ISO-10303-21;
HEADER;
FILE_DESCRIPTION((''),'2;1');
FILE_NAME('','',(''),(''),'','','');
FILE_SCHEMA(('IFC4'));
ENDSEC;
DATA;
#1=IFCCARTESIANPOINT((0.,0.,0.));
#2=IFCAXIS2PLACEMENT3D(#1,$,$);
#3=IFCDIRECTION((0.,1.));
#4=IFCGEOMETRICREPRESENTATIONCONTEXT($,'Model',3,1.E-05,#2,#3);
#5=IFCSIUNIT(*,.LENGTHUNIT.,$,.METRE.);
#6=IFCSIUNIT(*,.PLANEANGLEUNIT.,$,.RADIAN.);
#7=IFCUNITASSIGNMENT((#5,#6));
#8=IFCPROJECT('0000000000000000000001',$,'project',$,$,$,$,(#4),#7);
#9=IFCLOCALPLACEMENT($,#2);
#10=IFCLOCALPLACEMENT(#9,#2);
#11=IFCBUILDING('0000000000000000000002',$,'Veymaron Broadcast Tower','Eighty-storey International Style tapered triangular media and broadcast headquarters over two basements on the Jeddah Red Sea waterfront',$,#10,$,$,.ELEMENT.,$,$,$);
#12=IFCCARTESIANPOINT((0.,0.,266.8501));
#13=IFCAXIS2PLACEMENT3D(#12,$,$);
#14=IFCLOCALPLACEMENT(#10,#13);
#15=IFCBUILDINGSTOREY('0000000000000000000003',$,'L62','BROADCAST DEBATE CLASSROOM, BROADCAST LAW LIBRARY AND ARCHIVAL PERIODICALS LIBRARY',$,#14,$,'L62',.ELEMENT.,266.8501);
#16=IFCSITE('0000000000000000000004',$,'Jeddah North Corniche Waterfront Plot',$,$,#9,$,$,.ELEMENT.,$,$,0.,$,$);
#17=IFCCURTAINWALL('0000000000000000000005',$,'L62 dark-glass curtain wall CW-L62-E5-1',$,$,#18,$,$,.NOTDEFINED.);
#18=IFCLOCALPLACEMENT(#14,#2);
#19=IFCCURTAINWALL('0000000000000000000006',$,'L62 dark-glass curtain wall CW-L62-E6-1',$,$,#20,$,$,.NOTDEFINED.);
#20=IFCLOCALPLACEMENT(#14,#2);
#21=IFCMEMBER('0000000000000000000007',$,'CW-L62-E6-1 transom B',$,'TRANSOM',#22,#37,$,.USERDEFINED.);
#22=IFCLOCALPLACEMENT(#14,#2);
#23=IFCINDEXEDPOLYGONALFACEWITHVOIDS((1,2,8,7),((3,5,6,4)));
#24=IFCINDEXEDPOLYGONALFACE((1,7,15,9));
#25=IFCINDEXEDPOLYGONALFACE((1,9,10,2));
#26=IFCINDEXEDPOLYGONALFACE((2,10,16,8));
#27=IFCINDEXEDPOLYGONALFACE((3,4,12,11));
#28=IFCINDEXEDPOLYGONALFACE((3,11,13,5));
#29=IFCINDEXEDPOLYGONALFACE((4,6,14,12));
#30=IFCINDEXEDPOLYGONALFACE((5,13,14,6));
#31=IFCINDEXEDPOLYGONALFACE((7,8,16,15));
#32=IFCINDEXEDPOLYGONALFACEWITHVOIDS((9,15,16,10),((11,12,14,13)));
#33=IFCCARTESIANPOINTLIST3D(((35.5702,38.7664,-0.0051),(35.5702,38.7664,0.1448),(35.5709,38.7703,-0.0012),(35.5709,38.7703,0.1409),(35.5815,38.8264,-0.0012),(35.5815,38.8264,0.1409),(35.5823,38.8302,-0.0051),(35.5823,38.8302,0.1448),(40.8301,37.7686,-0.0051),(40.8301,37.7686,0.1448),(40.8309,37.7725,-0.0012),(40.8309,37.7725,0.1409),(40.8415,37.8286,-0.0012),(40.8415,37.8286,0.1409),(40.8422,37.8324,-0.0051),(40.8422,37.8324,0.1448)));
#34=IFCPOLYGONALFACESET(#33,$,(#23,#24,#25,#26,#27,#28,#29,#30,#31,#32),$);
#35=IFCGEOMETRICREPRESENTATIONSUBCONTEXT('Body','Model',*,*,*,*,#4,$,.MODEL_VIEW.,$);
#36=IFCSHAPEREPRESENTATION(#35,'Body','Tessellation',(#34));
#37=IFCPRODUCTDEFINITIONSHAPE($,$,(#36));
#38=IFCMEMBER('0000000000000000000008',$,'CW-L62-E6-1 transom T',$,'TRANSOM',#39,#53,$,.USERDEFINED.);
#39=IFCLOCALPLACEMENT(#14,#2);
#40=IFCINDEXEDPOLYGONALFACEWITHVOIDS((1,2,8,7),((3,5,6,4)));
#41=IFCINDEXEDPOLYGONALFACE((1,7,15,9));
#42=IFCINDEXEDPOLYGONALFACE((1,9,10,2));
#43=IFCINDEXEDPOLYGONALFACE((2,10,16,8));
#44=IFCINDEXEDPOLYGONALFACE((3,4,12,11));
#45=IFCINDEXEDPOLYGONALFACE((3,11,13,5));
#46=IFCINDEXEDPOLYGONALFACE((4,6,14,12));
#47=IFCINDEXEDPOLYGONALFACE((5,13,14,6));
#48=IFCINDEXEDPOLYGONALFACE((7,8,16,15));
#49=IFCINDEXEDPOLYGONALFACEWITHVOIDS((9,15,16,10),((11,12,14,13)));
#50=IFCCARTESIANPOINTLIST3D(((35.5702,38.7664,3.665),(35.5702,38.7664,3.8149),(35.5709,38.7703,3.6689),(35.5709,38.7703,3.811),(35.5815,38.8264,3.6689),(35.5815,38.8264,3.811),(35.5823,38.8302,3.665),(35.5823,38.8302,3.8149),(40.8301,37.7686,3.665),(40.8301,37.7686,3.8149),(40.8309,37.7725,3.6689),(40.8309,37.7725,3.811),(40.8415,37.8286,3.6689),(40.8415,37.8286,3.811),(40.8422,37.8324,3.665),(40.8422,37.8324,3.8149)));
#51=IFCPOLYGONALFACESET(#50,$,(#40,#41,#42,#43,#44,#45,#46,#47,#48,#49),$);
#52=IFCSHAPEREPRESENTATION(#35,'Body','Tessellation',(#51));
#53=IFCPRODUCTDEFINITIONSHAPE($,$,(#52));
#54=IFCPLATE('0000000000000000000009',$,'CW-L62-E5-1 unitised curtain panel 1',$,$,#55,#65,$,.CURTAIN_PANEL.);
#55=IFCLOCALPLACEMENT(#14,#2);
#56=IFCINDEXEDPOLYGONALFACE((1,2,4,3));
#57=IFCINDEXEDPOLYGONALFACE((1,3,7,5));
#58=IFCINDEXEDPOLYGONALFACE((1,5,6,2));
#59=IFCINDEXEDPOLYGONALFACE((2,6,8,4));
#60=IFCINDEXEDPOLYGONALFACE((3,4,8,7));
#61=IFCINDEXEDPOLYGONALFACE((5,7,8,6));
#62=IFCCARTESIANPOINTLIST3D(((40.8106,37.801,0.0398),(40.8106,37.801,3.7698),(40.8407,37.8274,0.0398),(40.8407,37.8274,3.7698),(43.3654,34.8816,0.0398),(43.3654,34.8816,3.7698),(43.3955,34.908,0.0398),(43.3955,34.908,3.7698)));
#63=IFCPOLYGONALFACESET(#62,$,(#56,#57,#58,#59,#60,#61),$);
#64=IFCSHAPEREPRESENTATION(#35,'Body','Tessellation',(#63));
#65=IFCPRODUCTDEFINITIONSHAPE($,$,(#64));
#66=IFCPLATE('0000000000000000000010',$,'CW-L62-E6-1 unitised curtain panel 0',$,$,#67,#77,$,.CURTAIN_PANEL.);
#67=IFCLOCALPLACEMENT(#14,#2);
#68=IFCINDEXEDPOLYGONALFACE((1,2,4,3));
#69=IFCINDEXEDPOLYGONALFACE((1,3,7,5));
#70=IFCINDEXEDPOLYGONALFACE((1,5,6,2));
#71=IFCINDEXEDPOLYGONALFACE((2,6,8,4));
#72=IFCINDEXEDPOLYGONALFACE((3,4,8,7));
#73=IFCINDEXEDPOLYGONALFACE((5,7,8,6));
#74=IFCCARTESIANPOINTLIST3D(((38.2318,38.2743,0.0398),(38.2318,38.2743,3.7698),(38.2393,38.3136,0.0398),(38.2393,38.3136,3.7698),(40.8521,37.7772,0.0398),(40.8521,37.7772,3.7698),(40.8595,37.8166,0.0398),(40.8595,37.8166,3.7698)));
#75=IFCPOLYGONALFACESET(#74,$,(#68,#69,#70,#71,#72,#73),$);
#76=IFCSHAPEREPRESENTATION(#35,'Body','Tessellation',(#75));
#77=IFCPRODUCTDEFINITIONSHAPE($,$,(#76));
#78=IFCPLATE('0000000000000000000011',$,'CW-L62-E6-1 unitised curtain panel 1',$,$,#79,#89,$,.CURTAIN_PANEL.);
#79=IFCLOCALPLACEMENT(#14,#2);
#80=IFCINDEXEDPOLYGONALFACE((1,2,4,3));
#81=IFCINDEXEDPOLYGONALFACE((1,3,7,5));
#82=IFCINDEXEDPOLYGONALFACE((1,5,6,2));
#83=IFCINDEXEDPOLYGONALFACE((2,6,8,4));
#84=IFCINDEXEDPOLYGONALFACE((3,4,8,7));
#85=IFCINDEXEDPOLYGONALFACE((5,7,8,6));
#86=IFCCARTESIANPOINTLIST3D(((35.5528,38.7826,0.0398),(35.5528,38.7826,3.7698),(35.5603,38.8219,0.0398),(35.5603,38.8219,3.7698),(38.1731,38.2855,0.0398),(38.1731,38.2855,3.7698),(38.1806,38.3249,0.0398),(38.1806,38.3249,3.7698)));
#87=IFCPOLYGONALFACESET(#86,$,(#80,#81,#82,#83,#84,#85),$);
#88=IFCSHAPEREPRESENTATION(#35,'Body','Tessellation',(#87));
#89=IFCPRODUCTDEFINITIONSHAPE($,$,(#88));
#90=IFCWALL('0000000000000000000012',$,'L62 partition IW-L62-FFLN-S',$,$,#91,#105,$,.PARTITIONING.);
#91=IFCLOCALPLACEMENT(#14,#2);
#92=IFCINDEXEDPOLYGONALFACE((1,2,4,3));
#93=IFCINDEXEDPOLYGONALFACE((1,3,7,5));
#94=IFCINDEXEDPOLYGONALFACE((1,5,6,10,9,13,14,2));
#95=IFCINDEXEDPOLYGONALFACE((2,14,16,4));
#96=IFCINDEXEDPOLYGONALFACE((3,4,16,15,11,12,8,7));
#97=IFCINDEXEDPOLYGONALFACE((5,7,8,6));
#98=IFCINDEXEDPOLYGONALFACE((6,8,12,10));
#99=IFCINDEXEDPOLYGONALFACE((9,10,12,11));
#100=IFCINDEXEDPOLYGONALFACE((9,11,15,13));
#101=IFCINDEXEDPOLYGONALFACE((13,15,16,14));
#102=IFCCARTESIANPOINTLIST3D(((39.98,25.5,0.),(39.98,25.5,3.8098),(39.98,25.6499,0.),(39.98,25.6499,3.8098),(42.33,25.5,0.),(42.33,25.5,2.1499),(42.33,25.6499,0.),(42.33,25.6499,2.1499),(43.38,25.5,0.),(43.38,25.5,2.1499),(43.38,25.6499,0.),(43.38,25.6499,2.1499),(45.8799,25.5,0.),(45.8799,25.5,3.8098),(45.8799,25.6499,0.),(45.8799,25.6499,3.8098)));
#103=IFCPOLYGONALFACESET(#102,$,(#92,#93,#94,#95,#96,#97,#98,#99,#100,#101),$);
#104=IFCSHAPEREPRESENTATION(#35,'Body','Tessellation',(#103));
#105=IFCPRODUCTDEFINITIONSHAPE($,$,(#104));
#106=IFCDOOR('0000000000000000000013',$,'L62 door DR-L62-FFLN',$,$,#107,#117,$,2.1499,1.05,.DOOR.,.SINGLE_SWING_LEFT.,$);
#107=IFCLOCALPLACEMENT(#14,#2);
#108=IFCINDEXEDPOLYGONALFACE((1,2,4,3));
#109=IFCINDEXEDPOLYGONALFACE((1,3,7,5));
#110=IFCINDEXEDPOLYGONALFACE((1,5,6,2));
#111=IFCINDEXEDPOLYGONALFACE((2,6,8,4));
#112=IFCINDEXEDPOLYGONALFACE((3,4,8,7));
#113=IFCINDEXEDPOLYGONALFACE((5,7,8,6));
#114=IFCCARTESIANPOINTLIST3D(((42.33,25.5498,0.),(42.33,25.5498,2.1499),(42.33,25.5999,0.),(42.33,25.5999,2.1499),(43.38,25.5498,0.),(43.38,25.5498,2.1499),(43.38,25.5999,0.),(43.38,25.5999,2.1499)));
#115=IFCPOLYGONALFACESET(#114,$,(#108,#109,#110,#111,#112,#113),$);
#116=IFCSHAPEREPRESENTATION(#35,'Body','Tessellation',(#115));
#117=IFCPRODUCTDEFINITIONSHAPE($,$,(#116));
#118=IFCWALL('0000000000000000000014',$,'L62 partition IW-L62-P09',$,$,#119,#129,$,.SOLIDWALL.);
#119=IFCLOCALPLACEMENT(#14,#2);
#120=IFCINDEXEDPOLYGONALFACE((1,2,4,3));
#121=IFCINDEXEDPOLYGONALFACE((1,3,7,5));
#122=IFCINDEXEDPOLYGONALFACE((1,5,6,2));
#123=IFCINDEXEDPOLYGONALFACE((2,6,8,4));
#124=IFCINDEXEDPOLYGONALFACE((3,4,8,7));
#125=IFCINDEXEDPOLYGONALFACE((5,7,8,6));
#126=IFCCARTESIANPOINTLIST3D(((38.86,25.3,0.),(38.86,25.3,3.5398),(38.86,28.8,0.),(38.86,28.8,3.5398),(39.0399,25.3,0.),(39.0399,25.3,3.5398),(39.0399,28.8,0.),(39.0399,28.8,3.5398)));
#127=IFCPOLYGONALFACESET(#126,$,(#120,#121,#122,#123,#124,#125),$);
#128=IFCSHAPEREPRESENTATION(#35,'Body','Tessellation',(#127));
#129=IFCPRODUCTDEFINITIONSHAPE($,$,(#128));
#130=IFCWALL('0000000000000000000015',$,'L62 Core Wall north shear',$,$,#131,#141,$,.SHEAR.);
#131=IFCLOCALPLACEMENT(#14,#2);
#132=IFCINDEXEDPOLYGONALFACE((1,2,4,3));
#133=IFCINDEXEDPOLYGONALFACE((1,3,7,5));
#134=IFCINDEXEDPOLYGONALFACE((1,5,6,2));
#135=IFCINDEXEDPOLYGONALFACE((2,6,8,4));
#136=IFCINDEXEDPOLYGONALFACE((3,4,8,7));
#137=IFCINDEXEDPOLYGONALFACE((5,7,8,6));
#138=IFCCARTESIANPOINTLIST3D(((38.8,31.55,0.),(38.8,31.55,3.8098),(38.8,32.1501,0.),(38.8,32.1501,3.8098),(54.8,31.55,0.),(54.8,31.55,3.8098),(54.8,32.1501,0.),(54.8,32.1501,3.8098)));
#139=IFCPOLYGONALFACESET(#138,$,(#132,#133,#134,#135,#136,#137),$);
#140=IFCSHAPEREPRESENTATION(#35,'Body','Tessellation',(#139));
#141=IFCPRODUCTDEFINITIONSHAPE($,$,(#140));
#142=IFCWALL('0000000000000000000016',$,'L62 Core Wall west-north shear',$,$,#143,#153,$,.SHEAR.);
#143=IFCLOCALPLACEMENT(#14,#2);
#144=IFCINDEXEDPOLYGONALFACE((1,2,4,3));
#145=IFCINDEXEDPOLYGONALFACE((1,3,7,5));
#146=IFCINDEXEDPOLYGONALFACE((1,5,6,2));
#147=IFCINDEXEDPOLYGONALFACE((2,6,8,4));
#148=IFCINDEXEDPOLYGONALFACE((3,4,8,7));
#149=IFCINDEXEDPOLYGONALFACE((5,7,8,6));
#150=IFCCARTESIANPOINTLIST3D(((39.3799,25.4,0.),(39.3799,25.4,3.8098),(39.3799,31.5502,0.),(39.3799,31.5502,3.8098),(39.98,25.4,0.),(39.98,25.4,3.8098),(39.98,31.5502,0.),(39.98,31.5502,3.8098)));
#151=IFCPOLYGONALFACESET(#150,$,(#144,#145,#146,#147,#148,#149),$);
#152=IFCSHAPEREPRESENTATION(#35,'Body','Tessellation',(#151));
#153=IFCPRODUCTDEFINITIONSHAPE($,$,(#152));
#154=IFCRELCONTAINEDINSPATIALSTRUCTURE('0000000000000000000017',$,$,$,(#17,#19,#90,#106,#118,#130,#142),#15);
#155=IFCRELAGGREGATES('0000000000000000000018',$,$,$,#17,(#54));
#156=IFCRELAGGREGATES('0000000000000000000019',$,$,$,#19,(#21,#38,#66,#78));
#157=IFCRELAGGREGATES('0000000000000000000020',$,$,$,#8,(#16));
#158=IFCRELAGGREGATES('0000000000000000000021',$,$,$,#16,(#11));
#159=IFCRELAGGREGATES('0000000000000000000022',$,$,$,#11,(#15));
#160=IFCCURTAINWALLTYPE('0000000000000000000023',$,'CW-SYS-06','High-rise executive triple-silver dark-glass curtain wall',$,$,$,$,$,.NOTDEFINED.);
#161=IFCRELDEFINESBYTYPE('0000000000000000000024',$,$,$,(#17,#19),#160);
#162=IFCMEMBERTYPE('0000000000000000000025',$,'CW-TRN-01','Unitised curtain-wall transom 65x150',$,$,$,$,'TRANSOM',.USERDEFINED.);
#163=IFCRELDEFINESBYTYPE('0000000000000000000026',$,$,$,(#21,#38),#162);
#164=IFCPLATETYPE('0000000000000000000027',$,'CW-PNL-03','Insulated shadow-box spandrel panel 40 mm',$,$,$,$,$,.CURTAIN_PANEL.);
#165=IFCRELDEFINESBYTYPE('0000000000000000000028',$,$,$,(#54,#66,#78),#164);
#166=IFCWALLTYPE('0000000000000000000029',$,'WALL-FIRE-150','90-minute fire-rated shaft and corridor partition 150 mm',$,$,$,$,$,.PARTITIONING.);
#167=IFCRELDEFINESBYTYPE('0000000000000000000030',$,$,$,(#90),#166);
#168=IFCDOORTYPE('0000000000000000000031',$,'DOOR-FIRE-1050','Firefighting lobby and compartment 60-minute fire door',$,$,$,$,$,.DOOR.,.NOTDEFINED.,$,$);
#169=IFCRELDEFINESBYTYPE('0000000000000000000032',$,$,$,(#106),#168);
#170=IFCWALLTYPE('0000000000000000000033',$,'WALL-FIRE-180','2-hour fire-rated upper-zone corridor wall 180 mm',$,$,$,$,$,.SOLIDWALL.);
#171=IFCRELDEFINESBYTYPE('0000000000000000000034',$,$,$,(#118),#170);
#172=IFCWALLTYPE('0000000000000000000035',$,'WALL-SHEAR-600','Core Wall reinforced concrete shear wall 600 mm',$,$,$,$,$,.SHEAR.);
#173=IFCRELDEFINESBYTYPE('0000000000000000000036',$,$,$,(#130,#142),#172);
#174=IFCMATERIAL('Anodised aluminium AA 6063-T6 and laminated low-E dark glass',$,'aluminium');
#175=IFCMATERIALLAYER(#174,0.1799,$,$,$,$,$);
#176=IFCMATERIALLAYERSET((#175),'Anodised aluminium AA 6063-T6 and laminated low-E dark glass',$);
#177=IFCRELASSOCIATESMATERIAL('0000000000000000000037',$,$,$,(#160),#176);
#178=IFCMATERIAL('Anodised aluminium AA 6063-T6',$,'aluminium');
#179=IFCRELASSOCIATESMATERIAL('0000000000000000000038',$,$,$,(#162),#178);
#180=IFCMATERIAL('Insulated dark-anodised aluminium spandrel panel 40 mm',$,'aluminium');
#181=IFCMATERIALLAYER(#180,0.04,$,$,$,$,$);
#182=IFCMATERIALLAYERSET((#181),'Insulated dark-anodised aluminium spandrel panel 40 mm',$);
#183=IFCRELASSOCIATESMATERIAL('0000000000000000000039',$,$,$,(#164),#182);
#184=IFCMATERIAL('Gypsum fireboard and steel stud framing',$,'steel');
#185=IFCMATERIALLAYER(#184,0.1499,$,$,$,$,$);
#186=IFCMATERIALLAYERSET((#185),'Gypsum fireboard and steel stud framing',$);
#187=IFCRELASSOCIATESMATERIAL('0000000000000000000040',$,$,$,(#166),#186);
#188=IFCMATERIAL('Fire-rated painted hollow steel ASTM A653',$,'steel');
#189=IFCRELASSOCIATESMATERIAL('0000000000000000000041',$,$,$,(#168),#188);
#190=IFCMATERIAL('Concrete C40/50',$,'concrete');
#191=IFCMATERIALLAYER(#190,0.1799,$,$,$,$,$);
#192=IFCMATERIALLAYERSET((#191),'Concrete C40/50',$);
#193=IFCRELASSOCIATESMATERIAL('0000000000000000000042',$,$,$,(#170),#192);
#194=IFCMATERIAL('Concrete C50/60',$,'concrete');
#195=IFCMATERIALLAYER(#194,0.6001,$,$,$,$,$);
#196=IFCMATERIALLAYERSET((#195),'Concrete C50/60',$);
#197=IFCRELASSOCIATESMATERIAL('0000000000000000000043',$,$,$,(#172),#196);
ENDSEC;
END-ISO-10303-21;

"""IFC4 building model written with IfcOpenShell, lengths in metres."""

from ifc_helpers import new_model, si_unit, direction, frame, frame_2d, origin, origin_2d, place, context, subcontext, project, spatial, rectangle, hollow_rectangle, extrude, material, layer, layer_set, material_profile, profile_set, type_object, element, fill, aggregate, save


model = new_model("IFC4")

# Units and contexts
model_context = context("Model", 3, precision=1e-05, world=origin(), true_north=direction((0.0, 1.0)))
body_context = subcontext(model_context, "Body", "Model", "MODEL_VIEW")
ifc_project = project(units=[si_unit("LENGTHUNIT", "METRE"), si_unit("PLANEANGLEUNIT", "RADIAN")], contexts=[model_context])

# Site, building, storey
site_placement = place(None, origin())
site = spatial("IfcSite", under=ifc_project, at=site_placement, Name="Jeddah North Corniche Waterfront Plot", CompositionType="ELEMENT", RefElevation=0.0)
building_placement = place(site_placement, origin())
building = spatial("IfcBuilding", under=site, at=building_placement, Name="Veymaron Broadcast Tower", Description="Eighty-storey International Style tapered triangular media and broadcast headquarters over two basements on the Jeddah Red Sea waterfront", CompositionType="ELEMENT")
storey_placement = place(building_placement, frame((0.0, 0.0, 266.8501)))
storey = spatial("IfcBuildingStorey", under=building, at=storey_placement, Name="L62", Description="BROADCAST DEBATE CLASSROOM, BROADCAST LAW LIBRARY AND ARCHIVAL PERIODICALS LIBRARY", LongName="L62", CompositionType="ELEMENT", Elevation=266.8501)

# Curtain walls, members
ifc_material_1 = material(Name="Anodised aluminium AA 6063-T6 and laminated low-E dark glass", Category="aluminium")
ifc_layer_1 = layer(ifc_material_1, 0.1799)
ifc_layer_set_1 = layer_set([ifc_layer_1], Name="Anodised aluminium AA 6063-T6 and laminated low-E dark glass")
curtain_wall_type = type_object("IfcCurtainWallType", Name="CW-SYS-06", Description="High-rise executive triple-silver dark-glass curtain wall", PredefinedType="NOTDEFINED", material=ifc_layer_set_1)
curtain_wall_1_placement = place(storey_placement, origin())
curtain_wall_1 = element("IfcCurtainWall", 1, at=curtain_wall_1_placement, inside=storey, type_object=curtain_wall_type, Name="L62 dark-glass curtain wall CW-L62-E5-1", PredefinedType="NOTDEFINED")
ifc_material_2 = material(Name="Anodised aluminium AA 6063-T6", Category="aluminium")
curtain_wall_2_placement = place(storey_placement, origin())
curtain_wall_2 = element("IfcCurtainWall", 2, at=curtain_wall_2_placement, inside=storey, type_object=curtain_wall_type, Name="L62 dark-glass curtain wall CW-L62-E6-1", PredefinedType="NOTDEFINED")
ifc_material_profile_1 = material_profile(ifc_material_2, hollow_rectangle(XDim=0.0649, YDim=0.1499, WallThickness=0.0039, at=origin_2d()), Name="AL150X65X4")
ifc_profile_set_1 = profile_set([ifc_material_profile_1], Name="Anodised aluminium AA 6063-T6")
member_type_1 = type_object("IfcMemberType", Name="CW-TRN-01", Description="Unitised curtain-wall transom 65x150", ElementType="TRANSOM", PredefinedType="USERDEFINED", material=ifc_profile_set_1)
member_1_placement = place(storey_placement, frame((40.8362, 37.8005, 0.0698), z_axis=(-0.982479, 0.186372, 0.0), x_axis=(-0.186372, -0.982479, 0.0)))
member_1 = element("IfcMember", 3, at=member_1_placement, type_object=member_type_1, Name="CW-L62-E6-1 transom B", ObjectType="TRANSOM", PredefinedType="USERDEFINED", context=body_context, shape_type="SweptSolid", body=[
    extrude(hollow_rectangle(XDim=0.0649, YDim=0.1499, WallThickness=0.0039, at=origin_2d()), origin(), (0.0, 0.0, 1.0), 5.3538),
])
member_2_placement = place(storey_placement, frame((40.8362, 37.8005, 3.74), z_axis=(-0.982479, 0.186372, 0.0), x_axis=(-0.186372, -0.982479, 0.0)))
member_2 = element("IfcMember", 4, at=member_2_placement, type_object=member_type_1, Name="CW-L62-E6-1 transom T", ObjectType="TRANSOM", PredefinedType="USERDEFINED", context=body_context, shape_type="SweptSolid", body=[
    extrude(hollow_rectangle(XDim=0.0649, YDim=0.1499, WallThickness=0.0039, at=origin_2d()), origin(), (0.0, 0.0, 1.0), 5.3538),
])

# Plates
ifc_material_3 = material(Name="Insulated dark-anodised aluminium spandrel panel 40 mm", Category="aluminium")
ifc_layer_2 = layer(ifc_material_3, 0.04)
ifc_layer_set_2 = layer_set([ifc_layer_2], Name="Insulated dark-anodised aluminium spandrel panel 40 mm")
plate_type = type_object("IfcPlateType", Name="CW-PNL-03", Description="Insulated shadow-box spandrel panel 40 mm", PredefinedType="CURTAIN_PANEL", material=ifc_layer_set_2)
plate_1_placement = place(storey_placement, frame((42.103, 36.3545, 0.0398), z_axis=(0.0, 0.0, 1.0), x_axis=(-0.658558, 0.75253, 0.0)))
plate_1 = element("IfcPlate", 5, at=plate_1_placement, type_object=plate_type, Name="CW-L62-E5-1 unitised curtain panel 1", PredefinedType="CURTAIN_PANEL", context=body_context, shape_type="SweptSolid", body=[
    extrude(rectangle(XDim=3.8794, YDim=0.04, at=origin_2d()), origin(), (0.0, 0.0, 1.0), 3.73),
])
aggregate(curtain_wall_1, [plate_1])
plate_2_placement = place(storey_placement, frame((39.5457, 38.0454, 0.0398), z_axis=(0.0, 0.0, 1.0), x_axis=(-0.98248, 0.18637, 0.0)))
plate_2 = element("IfcPlate", 6, at=plate_2_placement, type_object=plate_type, Name="CW-L62-E6-1 unitised curtain panel 0", PredefinedType="CURTAIN_PANEL", context=body_context, shape_type="SweptSolid", body=[
    extrude(rectangle(XDim=2.667, YDim=0.04, at=origin_2d()), origin(), (0.0, 0.0, 1.0), 3.73),
])
plate_3_placement = place(storey_placement, frame((36.8667, 38.5537, 0.0398), z_axis=(0.0, 0.0, 1.0), x_axis=(-0.98248, 0.18637, 0.0)))
plate_3 = element("IfcPlate", 7, at=plate_3_placement, type_object=plate_type, Name="CW-L62-E6-1 unitised curtain panel 1", PredefinedType="CURTAIN_PANEL", context=body_context, shape_type="SweptSolid", body=[
    extrude(rectangle(XDim=2.667, YDim=0.04, at=origin_2d()), origin(), (0.0, 0.0, 1.0), 3.73),
])
aggregate(curtain_wall_2, [member_1, member_2, plate_2, plate_3])

# Wall, opening, door
ifc_material_4 = material(Name="Gypsum fireboard and steel stud framing", Category="steel")
ifc_layer_3 = layer(ifc_material_4, 0.1499)
ifc_layer_set_3 = layer_set([ifc_layer_3], Name="Gypsum fireboard and steel stud framing")
wall_type_1 = type_object("IfcWallType", Name="WALL-FIRE-150", Description="90-minute fire-rated shaft and corridor partition 150 mm", PredefinedType="PARTITIONING", material=ifc_layer_set_3)
wall_1_placement = place(storey_placement, frame((39.98, 25.575, 0.0), z_axis=(0.0, 0.0, 1.0), x_axis=(1.0, 0.0, 0.0)))
wall_1 = element("IfcWall", 8, at=wall_1_placement, inside=storey, type_object=wall_type_1, Name="L62 partition IW-L62-FFLN-S", PredefinedType="PARTITIONING", context=body_context, shape_type="SweptSolid", body=[
    extrude(rectangle(XDim=5.8999, YDim=0.1499, at=frame_2d((2.95, 0.0))), origin(), (0.0, 0.0, 1.0), 3.8098),
])
opening_1_placement = place(wall_1_placement, frame((2.3501, 0.0, 0.0)))
opening_1 = element("IfcOpeningElement", 9, at=opening_1_placement, cuts=wall_1, PredefinedType="OPENING", context=body_context, shape_type="SweptSolid", body=[
    extrude(rectangle(XDim=1.05, YDim=2.1499, at=frame_2d((0.5249, 1.075))), frame((0.0, 0.085, 0.0), z_axis=(0.0, -1.0, 0.0), x_axis=(1.0, 0.0, 0.0)), (0.0, 0.0, 1.0), 0.1699),
])
ifc_material_5 = material(Name="Fire-rated painted hollow steel ASTM A653", Category="steel")
door_type_1 = type_object("IfcDoorType", Name="DOOR-FIRE-1050", Description="Firefighting lobby and compartment 60-minute fire door", OperationType="NOTDEFINED", PredefinedType="DOOR", material=ifc_material_5)
door_1_placement = place(opening_1_placement, origin())
door_1 = element("IfcDoor", 10, at=door_1_placement, inside=storey, type_object=door_type_1, Name="L62 door DR-L62-FFLN", OperationType="SINGLE_SWING_LEFT", OverallHeight=2.1499, OverallWidth=1.05, PredefinedType="DOOR", context=body_context, shape_type="SweptSolid", body=[
    extrude(rectangle(XDim=1.05, YDim=2.1499, at=frame_2d((0.5249, 1.075))), frame((0.0, 0.0249, 0.0), z_axis=(0.0, -1.0, 0.0), x_axis=(1.0, 0.0, 0.0)), (0.0, 0.0, 1.0), 0.05),
])
fill(opening_1, door_1)
ifc_material_6 = material(Name="Concrete C40/50", Category="concrete")
ifc_layer_4 = layer(ifc_material_6, 0.1799)
ifc_layer_set_4 = layer_set([ifc_layer_4], Name="Concrete C40/50")
wall_type_2 = type_object("IfcWallType", Name="WALL-FIRE-180", Description="2-hour fire-rated upper-zone corridor wall 180 mm", PredefinedType="SOLIDWALL", material=ifc_layer_set_4)

# Wall
wall_2_placement = place(storey_placement, frame((38.95, 25.3, 0.0), z_axis=(0.0, 0.0, 1.0), x_axis=(0.0, 1.0, 0.0)))
element("IfcWall", 11, at=wall_2_placement, inside=storey, type_object=wall_type_2, Name="L62 partition IW-L62-P09", PredefinedType="SOLIDWALL", context=body_context, shape_type="SweptSolid", body=[
    extrude(rectangle(XDim=3.5, YDim=0.1799, at=frame_2d((1.75, 0.0))), origin(), (0.0, 0.0, 1.0), 3.5398),
])

# Shared definitions
ifc_material_7 = material(Name="Concrete C50/60", Category="concrete")

# Walls
ifc_layer_5 = layer(ifc_material_7, 0.6001)
ifc_layer_set_5 = layer_set([ifc_layer_5], Name="Concrete C50/60")
wall_type_3 = type_object("IfcWallType", Name="WALL-SHEAR-600", Description="Core Wall reinforced concrete shear wall 600 mm", PredefinedType="SHEAR", material=ifc_layer_set_5)
wall_3_placement = place(storey_placement, frame((38.8, 31.8501, 0.0), z_axis=(0.0, 0.0, 1.0), x_axis=(1.0, 0.0, 0.0)))
element("IfcWall", 12, at=wall_3_placement, inside=storey, type_object=wall_type_3, Name="L62 Core Wall north shear", PredefinedType="SHEAR", context=body_context, shape_type="SweptSolid", body=[
    extrude(rectangle(XDim=16.0, YDim=0.6001, at=frame_2d((8.0, 0.0))), origin(), (0.0, 0.0, 1.0), 3.8098),
])
wall_4_placement = place(storey_placement, frame((39.6799, 25.3999, 0.0), z_axis=(0.0, 0.0, 1.0), x_axis=(0.0, 1.0, 0.0)))
element("IfcWall", 13, at=wall_4_placement, inside=storey, type_object=wall_type_3, Name="L62 Core Wall west-north shear", PredefinedType="SHEAR", context=body_context, shape_type="SweptSolid", body=[
    extrude(rectangle(XDim=6.1501, YDim=0.6001, at=frame_2d((3.0752, 0.0))), origin(), (0.0, 0.0, 1.0), 3.8098),
])

save(model, "model.ifc")
